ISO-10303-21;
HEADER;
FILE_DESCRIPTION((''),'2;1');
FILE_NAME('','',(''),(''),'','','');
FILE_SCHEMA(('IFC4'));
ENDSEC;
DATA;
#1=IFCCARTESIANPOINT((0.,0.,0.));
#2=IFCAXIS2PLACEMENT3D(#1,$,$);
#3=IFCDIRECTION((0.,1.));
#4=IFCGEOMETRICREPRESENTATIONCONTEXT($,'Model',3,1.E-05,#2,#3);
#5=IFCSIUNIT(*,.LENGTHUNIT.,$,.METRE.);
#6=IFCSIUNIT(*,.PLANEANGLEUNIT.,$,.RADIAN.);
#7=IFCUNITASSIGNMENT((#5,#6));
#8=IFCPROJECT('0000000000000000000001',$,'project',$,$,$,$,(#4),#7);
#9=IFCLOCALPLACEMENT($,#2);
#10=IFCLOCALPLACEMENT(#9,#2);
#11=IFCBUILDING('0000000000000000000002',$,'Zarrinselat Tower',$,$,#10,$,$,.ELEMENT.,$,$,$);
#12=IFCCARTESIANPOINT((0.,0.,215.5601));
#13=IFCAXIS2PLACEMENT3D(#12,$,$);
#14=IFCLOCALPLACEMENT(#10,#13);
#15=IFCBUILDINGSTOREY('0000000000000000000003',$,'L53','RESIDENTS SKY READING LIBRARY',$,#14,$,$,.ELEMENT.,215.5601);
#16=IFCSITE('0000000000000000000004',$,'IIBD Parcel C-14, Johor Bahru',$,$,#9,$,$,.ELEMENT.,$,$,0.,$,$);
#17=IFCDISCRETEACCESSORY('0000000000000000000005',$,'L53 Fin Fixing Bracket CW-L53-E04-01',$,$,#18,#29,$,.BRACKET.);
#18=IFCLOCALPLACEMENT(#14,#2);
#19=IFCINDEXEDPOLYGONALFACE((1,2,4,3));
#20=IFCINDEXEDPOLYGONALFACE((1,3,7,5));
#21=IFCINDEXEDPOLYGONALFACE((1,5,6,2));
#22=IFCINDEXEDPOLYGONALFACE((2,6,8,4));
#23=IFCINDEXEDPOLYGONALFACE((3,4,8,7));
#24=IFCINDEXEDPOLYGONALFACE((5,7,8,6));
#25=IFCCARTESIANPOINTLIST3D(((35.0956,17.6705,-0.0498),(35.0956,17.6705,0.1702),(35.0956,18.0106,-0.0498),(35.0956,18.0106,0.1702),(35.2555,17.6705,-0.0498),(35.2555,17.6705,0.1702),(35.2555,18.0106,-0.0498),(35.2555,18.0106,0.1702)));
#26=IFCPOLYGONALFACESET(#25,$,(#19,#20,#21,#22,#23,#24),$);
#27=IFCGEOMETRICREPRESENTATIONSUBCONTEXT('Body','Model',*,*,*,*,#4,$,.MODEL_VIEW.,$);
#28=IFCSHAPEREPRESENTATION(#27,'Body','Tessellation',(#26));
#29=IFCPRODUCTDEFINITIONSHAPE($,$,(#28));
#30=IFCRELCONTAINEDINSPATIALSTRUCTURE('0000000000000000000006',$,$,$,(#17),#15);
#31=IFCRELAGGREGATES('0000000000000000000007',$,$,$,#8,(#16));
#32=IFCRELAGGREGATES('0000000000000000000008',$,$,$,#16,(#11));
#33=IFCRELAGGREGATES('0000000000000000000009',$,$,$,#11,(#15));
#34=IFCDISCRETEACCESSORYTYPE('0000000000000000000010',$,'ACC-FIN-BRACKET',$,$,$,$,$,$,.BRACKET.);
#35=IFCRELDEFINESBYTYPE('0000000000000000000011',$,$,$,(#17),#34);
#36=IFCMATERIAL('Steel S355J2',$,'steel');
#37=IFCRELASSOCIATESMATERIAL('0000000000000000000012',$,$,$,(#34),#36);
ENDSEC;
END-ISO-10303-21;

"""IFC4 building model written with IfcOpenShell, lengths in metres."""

from ifc_helpers import new_model, si_unit, direction, frame, origin, origin_2d, place, context, subcontext, project, spatial, rectangle, extrude, material, type_object, element, save


model = new_model("IFC4")

# Units and contexts
model_context = context("Model", 3, precision=1e-05, world=origin(), true_north=direction((0.0, 1.0)))
body_context = subcontext(model_context, "Body", "Model", "MODEL_VIEW")
ifc_project = project(units=[si_unit("LENGTHUNIT", "METRE"), si_unit("PLANEANGLEUNIT", "RADIAN")], contexts=[model_context])

# Site, building, storey
site_placement = place(None, origin())
site = spatial("IfcSite", under=ifc_project, at=site_placement, Name="IIBD Parcel C-14, Johor Bahru", CompositionType="ELEMENT", RefElevation=0.0)
building_placement = place(site_placement, origin())
building = spatial("IfcBuilding", under=site, at=building_placement, Name="Zarrinselat Tower", CompositionType="ELEMENT")
storey_placement = place(building_placement, frame((0.0, 0.0, 215.5601)))
storey = spatial("IfcBuildingStorey", under=building, at=storey_placement, Name="L53", Description="RESIDENTS SKY READING LIBRARY", CompositionType="ELEMENT", Elevation=215.5601)

# Discrete accessory
ifc_material_1 = material(Name="Steel S355J2", Category="steel")
discrete_accessory_type = type_object("IfcDiscreteAccessoryType", Name="ACC-FIN-BRACKET", PredefinedType="BRACKET", material=ifc_material_1)
discrete_accessory_placement = place(storey_placement, frame((35.1755, 17.8406, -0.0498), z_axis=(0.0, 0.0, 1.0), x_axis=(0.0, -1.0, 0.0)))
element("IfcDiscreteAccessory", 1, at=discrete_accessory_placement, inside=storey, type_object=discrete_accessory_type, Name="L53 Fin Fixing Bracket CW-L53-E04-01", PredefinedType="BRACKET", context=body_context, shape_type="SweptSolid", body=[
    extrude(rectangle(XDim=0.3401, YDim=0.1599, at=origin_2d()), origin(), (0.0, 0.0, 1.0), 0.22),
])

save(model, "model.ifc")
